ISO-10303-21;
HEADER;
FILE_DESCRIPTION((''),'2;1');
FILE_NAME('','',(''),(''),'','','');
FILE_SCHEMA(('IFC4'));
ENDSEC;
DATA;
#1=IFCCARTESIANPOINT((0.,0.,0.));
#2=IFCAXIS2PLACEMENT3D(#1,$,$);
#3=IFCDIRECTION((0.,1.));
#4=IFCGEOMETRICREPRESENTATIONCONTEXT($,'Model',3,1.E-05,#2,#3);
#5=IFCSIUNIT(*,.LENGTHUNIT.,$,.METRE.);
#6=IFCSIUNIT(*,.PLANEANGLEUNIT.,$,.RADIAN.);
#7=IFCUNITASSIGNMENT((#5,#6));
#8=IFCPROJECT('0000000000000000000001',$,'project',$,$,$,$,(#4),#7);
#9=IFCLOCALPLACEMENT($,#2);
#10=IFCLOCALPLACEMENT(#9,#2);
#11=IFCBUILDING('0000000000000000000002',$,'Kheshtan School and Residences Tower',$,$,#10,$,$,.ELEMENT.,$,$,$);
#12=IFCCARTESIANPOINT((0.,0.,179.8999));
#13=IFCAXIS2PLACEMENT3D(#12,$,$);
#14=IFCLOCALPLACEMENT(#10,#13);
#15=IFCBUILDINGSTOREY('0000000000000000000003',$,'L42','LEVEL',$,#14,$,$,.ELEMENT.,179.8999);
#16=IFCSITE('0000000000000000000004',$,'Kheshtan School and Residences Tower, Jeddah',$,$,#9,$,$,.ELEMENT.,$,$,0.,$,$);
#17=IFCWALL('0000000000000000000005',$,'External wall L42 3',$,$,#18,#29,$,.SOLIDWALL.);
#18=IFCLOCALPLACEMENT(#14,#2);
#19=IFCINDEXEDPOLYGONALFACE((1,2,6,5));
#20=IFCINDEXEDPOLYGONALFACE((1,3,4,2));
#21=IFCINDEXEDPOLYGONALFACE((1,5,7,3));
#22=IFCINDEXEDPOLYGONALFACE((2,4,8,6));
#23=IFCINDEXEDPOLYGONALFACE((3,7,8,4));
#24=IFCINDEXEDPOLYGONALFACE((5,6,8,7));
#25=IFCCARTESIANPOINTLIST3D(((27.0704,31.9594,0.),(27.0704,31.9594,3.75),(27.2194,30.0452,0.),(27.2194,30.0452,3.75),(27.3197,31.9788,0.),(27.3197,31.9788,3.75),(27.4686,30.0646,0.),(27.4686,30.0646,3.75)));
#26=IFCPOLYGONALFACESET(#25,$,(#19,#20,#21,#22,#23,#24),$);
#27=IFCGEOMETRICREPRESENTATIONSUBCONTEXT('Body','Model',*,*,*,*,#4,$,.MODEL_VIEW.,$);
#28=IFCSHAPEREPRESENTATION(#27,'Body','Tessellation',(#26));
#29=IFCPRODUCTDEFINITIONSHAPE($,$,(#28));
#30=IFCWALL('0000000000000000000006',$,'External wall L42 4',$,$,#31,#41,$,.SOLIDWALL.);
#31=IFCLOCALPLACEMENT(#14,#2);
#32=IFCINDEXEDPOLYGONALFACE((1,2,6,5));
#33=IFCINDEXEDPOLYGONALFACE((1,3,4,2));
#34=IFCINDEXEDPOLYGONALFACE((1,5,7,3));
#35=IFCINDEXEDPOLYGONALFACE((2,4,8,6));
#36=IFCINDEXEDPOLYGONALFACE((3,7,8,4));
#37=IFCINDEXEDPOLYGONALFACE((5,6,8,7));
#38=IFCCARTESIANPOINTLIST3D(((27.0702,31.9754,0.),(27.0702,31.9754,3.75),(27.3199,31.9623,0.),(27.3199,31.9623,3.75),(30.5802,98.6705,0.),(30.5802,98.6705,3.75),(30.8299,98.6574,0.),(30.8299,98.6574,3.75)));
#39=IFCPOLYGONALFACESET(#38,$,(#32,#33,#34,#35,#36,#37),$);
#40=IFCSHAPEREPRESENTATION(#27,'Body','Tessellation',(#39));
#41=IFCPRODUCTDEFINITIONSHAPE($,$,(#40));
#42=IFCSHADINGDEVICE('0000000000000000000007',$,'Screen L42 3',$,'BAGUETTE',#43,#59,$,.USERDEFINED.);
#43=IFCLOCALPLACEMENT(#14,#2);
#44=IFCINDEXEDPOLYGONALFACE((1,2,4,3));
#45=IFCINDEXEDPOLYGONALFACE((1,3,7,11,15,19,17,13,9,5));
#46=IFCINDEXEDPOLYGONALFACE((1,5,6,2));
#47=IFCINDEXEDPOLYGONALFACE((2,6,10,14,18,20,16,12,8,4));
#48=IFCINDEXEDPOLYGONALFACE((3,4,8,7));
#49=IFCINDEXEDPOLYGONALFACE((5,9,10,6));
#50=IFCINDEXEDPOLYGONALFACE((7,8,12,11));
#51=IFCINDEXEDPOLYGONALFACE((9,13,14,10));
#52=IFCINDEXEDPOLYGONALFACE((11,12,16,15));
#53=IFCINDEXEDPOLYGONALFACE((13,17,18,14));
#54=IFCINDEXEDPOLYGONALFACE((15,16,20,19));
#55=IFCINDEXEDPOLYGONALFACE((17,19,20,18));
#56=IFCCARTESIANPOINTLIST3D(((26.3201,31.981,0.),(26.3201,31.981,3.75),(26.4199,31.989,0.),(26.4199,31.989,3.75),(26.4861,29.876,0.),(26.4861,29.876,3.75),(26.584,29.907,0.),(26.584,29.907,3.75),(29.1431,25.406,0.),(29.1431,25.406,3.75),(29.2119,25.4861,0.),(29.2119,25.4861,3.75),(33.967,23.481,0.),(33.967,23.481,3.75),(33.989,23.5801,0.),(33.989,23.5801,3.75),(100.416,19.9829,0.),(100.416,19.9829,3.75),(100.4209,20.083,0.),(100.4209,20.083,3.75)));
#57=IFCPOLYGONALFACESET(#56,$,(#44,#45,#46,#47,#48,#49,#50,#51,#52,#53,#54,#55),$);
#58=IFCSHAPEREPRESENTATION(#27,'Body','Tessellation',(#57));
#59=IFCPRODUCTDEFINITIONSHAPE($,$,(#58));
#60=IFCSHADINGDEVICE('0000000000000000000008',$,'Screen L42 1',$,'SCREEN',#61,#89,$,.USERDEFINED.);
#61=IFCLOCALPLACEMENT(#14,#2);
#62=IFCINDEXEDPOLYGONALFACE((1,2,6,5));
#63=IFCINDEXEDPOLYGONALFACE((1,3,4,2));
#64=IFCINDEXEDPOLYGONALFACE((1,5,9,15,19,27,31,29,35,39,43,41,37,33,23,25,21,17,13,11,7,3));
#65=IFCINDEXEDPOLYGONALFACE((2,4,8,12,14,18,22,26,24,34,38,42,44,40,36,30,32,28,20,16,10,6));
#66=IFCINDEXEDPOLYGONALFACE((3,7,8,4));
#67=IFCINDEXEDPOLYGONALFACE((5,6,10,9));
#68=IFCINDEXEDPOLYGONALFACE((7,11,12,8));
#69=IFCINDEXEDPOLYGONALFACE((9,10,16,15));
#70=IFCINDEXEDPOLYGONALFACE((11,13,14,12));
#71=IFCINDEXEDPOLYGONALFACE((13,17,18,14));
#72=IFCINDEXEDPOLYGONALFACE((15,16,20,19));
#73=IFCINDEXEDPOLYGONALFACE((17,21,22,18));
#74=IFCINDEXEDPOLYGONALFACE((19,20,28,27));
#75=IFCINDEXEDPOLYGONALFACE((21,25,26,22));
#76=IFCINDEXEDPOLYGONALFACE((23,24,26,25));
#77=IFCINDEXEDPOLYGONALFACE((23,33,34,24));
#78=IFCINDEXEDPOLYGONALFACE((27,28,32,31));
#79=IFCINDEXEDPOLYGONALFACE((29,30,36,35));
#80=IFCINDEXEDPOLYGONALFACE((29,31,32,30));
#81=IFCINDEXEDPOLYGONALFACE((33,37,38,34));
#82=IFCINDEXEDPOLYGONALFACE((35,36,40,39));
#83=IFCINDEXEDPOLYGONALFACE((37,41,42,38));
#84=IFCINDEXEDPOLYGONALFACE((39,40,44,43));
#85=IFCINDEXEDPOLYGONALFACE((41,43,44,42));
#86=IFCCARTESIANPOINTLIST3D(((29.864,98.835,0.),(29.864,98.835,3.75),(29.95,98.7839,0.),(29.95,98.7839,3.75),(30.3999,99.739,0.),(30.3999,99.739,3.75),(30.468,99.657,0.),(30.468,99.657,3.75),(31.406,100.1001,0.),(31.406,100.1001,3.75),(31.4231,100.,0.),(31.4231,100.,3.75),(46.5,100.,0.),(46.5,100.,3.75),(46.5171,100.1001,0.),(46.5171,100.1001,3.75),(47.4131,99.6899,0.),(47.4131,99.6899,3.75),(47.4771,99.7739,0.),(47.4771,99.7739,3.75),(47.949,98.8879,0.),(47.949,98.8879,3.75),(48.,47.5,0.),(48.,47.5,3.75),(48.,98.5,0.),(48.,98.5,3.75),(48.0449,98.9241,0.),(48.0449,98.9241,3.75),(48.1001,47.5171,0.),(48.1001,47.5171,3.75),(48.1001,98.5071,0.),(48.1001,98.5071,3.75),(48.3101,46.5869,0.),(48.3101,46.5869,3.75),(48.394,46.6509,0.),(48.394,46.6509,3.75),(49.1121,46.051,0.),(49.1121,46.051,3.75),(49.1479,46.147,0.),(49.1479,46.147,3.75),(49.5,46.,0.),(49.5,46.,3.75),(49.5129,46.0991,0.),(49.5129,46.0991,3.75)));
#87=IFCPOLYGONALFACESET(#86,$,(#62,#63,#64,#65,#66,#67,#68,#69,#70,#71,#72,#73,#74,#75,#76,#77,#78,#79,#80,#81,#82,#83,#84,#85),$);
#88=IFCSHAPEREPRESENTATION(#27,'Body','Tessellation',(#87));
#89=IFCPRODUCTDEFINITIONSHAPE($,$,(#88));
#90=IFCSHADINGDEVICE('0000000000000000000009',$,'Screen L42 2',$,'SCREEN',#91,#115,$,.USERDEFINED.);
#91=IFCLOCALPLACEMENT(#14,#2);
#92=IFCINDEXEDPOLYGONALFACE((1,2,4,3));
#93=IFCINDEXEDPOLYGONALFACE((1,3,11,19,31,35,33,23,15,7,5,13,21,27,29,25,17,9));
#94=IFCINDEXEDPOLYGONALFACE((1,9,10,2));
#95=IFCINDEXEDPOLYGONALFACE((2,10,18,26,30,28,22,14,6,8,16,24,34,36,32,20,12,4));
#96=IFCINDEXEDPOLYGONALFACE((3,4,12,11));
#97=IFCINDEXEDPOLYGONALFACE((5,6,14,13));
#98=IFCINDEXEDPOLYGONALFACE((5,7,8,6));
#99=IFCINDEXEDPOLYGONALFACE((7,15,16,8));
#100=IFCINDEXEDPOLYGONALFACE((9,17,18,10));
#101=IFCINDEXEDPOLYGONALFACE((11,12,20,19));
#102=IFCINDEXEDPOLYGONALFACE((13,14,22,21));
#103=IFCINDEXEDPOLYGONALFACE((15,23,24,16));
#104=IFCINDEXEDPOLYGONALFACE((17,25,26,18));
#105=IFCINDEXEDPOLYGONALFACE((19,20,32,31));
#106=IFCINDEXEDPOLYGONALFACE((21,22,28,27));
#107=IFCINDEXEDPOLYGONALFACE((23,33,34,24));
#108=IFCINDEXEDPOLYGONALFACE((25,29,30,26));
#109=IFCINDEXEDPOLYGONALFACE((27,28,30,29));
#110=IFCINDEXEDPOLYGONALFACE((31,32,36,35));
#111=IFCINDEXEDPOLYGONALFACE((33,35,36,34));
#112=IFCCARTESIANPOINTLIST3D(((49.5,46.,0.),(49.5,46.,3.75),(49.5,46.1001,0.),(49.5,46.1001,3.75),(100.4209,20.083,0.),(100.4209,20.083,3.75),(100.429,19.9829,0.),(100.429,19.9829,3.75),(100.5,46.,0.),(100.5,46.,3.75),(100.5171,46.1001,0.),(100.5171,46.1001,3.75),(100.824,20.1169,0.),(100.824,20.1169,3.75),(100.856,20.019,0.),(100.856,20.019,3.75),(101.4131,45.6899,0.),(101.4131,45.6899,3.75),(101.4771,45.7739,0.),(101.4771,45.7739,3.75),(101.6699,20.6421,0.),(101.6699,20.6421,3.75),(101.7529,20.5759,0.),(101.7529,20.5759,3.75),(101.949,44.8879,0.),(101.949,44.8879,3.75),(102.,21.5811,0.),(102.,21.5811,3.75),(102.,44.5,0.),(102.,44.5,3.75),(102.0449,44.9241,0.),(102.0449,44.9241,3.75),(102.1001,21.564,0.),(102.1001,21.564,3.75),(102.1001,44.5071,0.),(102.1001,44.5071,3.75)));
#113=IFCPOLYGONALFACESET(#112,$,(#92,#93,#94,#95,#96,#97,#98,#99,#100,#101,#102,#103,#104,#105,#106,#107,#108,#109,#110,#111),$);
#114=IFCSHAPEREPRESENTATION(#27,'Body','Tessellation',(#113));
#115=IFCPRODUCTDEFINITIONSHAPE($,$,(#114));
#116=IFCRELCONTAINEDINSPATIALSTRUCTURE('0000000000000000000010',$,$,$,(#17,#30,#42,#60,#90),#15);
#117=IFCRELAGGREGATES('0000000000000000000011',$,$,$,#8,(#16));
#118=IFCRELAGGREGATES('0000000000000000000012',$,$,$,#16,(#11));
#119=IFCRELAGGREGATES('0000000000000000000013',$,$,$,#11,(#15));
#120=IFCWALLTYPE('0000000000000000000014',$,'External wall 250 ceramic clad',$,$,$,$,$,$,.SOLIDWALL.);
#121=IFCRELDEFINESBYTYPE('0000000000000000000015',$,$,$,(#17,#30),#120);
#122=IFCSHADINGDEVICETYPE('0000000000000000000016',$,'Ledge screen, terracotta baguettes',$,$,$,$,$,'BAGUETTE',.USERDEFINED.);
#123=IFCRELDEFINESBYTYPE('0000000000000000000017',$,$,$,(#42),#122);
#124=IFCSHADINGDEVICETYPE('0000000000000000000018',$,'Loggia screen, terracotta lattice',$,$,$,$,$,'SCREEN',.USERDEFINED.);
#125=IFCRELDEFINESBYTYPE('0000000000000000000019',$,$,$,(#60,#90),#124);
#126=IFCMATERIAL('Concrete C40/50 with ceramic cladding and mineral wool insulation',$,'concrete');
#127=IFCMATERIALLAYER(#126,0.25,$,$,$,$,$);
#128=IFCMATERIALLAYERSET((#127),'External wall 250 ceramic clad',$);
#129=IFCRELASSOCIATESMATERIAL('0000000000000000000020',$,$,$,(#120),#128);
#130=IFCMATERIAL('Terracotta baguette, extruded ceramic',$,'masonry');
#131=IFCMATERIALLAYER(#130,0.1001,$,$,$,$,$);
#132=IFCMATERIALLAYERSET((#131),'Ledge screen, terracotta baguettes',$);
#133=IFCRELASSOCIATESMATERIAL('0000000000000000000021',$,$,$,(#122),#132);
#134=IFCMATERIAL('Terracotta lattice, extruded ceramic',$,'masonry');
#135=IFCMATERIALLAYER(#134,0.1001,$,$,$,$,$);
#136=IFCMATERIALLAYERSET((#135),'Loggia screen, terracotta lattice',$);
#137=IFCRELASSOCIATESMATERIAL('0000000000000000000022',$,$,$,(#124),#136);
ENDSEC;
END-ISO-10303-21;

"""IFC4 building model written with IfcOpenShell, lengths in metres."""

from ifc_helpers import new_model, si_unit, direction, frame, frame_2d, origin, place, context, subcontext, project, spatial, polyline, rectangle, outline, extrude, material, layer, layer_set, type_object, element, save


model = new_model("IFC4")

# Units and contexts
model_context = context("Model", 3, precision=1e-05, world=origin(), true_north=direction((0.0, 1.0)))
body_context = subcontext(model_context, "Body", "Model", "MODEL_VIEW")
ifc_project = project(units=[si_unit("LENGTHUNIT", "METRE"), si_unit("PLANEANGLEUNIT", "RADIAN")], contexts=[model_context])

# Site, building, storey
site_placement = place(None, origin())
site = spatial("IfcSite", under=ifc_project, at=site_placement, Name="Kheshtan School and Residences Tower, Jeddah", CompositionType="ELEMENT", RefElevation=0.0)
building_placement = place(site_placement, origin())
building = spatial("IfcBuilding", under=site, at=building_placement, Name="Kheshtan School and Residences Tower", CompositionType="ELEMENT")
storey_placement = place(building_placement, frame((0.0, 0.0, 179.8999)))
storey = spatial("IfcBuildingStorey", under=building, at=storey_placement, Name="L42", Description="LEVEL", CompositionType="ELEMENT", Elevation=179.8999)

# Walls
ifc_material_1 = material(Name="Concrete C40/50 with ceramic cladding and mineral wool insulation", Category="concrete")
ifc_layer_1 = layer(ifc_material_1, 0.25)
ifc_layer_set_1 = layer_set([ifc_layer_1], Name="External wall 250 ceramic clad")
wall_type_1 = type_object("IfcWallType", Name="External wall 250 ceramic clad", PredefinedType="SOLIDWALL", material=ifc_layer_set_1)
wall_1_placement = place(storey_placement, frame((27.344, 30.0549, 0.0), z_axis=(0.0, 0.0, 1.0), x_axis=(-0.077572, 0.996987, 0.0)))
element("IfcWall", 1, at=wall_1_placement, inside=storey, type_object=wall_type_1, Name="External wall L42 3", PredefinedType="SOLIDWALL", context=body_context, shape_type="SweptSolid", body=[
    extrude(rectangle(XDim=1.9199, YDim=0.25, at=frame_2d((0.96, 0.0))), origin(), (0.0, 0.0, 1.0), 3.75),
])
wall_2_placement = place(storey_placement, frame((27.1951, 31.969, 0.0), z_axis=(0.0, 0.0, 1.0), x_axis=(0.052555, 0.998618, 0.0)))
element("IfcWall", 2, at=wall_2_placement, inside=storey, type_object=wall_type_1, Name="External wall L42 4", PredefinedType="SOLIDWALL", context=body_context, shape_type="SweptSolid", body=[
    extrude(rectangle(XDim=66.7874, YDim=0.25, at=frame_2d((33.3936, 0.0))), origin(), (0.0, 0.0, 1.0), 3.75),
])

# Shading devices
ifc_material_2 = material(Name="Terracotta baguette, extruded ceramic", Category="masonry")
ifc_layer_2 = layer(ifc_material_2, 0.1001)
ifc_layer_set_2 = layer_set([ifc_layer_2], Name="Ledge screen, terracotta baguettes")
shading_device_type_1 = type_object("IfcShadingDeviceType", Name="Ledge screen, terracotta baguettes", ElementType="BAGUETTE", PredefinedType="USERDEFINED", material=ifc_layer_set_2)
shading_device_1_placement = place(storey_placement, origin())
element("IfcShadingDevice", 3, at=shading_device_1_placement, inside=storey, type_object=shading_device_type_1, Name="Screen L42 3", ObjectType="BAGUETTE", PredefinedType="USERDEFINED", context=body_context, shape_type="SweptSolid", body=[
    extrude(outline(polyline([(100.4209, 20.083), (33.989, 23.5801), (29.2119, 25.4861), (26.584, 29.907), (26.4199, 31.989), (26.3201, 31.981), (26.4861, 29.876), (29.1431, 25.406), (33.967, 23.481), (100.416, 19.9829), (100.4209, 20.083)])), origin(), (0.0, 0.0, 1.0), 3.75),
])
ifc_material_3 = material(Name="Terracotta lattice, extruded ceramic", Category="masonry")
ifc_layer_3 = layer(ifc_material_3, 0.1001)
ifc_layer_set_3 = layer_set([ifc_layer_3], Name="Loggia screen, terracotta lattice")
shading_device_type_2 = type_object("IfcShadingDeviceType", Name="Loggia screen, terracotta lattice", ElementType="SCREEN", PredefinedType="USERDEFINED", material=ifc_layer_set_3)
shading_device_2_placement = place(storey_placement, origin())
element("IfcShadingDevice", 4, at=shading_device_2_placement, inside=storey, type_object=shading_device_type_2, Name="Screen L42 1", ObjectType="SCREEN", PredefinedType="USERDEFINED", context=body_context, shape_type="SweptSolid", body=[
    extrude(outline(polyline([(29.95, 98.7839), (30.468, 99.657), (31.4231, 100.0), (46.5, 100.0), (47.4131, 99.6899), (47.949, 98.8879), (48.0, 98.5), (48.0, 47.5), (48.3101, 46.5869), (49.1121, 46.051), (49.5, 46.0), (49.5129, 46.0991), (49.1479, 46.147), (48.394, 46.6509), (48.1001, 47.5171), (48.1001, 98.5071), (48.0449, 98.9241), (47.4771, 99.7739), (46.5171, 100.1001), (31.406, 100.1001), (30.3999, 99.739), (29.864, 98.835), (29.95, 98.7839)])), origin(), (0.0, 0.0, 1.0), 3.75),
])
shading_device_3_placement = place(storey_placement, origin())
element("IfcShadingDevice", 5, at=shading_device_3_placement, inside=storey, type_object=shading_device_type_2, Name="Screen L42 2", ObjectType="SCREEN", PredefinedType="USERDEFINED", context=body_context, shape_type="SweptSolid", body=[
    extrude(outline(polyline([(49.5, 46.0), (100.5, 46.0), (101.4131, 45.6899), (101.949, 44.8879), (102.0, 44.5), (102.0, 21.5811), (101.6699, 20.6421), (100.824, 20.1169), (100.4209, 20.083), (100.429, 19.9829), (100.856, 20.019), (101.7529, 20.5759), (102.1001, 21.564), (102.1001, 44.5071), (102.0449, 44.9241), (101.4771, 45.7739), (100.5171, 46.1001), (49.5, 46.1001), (49.5, 46.0)])), origin(), (0.0, 0.0, 1.0), 3.75),
])

save(model, "model.ifc")
